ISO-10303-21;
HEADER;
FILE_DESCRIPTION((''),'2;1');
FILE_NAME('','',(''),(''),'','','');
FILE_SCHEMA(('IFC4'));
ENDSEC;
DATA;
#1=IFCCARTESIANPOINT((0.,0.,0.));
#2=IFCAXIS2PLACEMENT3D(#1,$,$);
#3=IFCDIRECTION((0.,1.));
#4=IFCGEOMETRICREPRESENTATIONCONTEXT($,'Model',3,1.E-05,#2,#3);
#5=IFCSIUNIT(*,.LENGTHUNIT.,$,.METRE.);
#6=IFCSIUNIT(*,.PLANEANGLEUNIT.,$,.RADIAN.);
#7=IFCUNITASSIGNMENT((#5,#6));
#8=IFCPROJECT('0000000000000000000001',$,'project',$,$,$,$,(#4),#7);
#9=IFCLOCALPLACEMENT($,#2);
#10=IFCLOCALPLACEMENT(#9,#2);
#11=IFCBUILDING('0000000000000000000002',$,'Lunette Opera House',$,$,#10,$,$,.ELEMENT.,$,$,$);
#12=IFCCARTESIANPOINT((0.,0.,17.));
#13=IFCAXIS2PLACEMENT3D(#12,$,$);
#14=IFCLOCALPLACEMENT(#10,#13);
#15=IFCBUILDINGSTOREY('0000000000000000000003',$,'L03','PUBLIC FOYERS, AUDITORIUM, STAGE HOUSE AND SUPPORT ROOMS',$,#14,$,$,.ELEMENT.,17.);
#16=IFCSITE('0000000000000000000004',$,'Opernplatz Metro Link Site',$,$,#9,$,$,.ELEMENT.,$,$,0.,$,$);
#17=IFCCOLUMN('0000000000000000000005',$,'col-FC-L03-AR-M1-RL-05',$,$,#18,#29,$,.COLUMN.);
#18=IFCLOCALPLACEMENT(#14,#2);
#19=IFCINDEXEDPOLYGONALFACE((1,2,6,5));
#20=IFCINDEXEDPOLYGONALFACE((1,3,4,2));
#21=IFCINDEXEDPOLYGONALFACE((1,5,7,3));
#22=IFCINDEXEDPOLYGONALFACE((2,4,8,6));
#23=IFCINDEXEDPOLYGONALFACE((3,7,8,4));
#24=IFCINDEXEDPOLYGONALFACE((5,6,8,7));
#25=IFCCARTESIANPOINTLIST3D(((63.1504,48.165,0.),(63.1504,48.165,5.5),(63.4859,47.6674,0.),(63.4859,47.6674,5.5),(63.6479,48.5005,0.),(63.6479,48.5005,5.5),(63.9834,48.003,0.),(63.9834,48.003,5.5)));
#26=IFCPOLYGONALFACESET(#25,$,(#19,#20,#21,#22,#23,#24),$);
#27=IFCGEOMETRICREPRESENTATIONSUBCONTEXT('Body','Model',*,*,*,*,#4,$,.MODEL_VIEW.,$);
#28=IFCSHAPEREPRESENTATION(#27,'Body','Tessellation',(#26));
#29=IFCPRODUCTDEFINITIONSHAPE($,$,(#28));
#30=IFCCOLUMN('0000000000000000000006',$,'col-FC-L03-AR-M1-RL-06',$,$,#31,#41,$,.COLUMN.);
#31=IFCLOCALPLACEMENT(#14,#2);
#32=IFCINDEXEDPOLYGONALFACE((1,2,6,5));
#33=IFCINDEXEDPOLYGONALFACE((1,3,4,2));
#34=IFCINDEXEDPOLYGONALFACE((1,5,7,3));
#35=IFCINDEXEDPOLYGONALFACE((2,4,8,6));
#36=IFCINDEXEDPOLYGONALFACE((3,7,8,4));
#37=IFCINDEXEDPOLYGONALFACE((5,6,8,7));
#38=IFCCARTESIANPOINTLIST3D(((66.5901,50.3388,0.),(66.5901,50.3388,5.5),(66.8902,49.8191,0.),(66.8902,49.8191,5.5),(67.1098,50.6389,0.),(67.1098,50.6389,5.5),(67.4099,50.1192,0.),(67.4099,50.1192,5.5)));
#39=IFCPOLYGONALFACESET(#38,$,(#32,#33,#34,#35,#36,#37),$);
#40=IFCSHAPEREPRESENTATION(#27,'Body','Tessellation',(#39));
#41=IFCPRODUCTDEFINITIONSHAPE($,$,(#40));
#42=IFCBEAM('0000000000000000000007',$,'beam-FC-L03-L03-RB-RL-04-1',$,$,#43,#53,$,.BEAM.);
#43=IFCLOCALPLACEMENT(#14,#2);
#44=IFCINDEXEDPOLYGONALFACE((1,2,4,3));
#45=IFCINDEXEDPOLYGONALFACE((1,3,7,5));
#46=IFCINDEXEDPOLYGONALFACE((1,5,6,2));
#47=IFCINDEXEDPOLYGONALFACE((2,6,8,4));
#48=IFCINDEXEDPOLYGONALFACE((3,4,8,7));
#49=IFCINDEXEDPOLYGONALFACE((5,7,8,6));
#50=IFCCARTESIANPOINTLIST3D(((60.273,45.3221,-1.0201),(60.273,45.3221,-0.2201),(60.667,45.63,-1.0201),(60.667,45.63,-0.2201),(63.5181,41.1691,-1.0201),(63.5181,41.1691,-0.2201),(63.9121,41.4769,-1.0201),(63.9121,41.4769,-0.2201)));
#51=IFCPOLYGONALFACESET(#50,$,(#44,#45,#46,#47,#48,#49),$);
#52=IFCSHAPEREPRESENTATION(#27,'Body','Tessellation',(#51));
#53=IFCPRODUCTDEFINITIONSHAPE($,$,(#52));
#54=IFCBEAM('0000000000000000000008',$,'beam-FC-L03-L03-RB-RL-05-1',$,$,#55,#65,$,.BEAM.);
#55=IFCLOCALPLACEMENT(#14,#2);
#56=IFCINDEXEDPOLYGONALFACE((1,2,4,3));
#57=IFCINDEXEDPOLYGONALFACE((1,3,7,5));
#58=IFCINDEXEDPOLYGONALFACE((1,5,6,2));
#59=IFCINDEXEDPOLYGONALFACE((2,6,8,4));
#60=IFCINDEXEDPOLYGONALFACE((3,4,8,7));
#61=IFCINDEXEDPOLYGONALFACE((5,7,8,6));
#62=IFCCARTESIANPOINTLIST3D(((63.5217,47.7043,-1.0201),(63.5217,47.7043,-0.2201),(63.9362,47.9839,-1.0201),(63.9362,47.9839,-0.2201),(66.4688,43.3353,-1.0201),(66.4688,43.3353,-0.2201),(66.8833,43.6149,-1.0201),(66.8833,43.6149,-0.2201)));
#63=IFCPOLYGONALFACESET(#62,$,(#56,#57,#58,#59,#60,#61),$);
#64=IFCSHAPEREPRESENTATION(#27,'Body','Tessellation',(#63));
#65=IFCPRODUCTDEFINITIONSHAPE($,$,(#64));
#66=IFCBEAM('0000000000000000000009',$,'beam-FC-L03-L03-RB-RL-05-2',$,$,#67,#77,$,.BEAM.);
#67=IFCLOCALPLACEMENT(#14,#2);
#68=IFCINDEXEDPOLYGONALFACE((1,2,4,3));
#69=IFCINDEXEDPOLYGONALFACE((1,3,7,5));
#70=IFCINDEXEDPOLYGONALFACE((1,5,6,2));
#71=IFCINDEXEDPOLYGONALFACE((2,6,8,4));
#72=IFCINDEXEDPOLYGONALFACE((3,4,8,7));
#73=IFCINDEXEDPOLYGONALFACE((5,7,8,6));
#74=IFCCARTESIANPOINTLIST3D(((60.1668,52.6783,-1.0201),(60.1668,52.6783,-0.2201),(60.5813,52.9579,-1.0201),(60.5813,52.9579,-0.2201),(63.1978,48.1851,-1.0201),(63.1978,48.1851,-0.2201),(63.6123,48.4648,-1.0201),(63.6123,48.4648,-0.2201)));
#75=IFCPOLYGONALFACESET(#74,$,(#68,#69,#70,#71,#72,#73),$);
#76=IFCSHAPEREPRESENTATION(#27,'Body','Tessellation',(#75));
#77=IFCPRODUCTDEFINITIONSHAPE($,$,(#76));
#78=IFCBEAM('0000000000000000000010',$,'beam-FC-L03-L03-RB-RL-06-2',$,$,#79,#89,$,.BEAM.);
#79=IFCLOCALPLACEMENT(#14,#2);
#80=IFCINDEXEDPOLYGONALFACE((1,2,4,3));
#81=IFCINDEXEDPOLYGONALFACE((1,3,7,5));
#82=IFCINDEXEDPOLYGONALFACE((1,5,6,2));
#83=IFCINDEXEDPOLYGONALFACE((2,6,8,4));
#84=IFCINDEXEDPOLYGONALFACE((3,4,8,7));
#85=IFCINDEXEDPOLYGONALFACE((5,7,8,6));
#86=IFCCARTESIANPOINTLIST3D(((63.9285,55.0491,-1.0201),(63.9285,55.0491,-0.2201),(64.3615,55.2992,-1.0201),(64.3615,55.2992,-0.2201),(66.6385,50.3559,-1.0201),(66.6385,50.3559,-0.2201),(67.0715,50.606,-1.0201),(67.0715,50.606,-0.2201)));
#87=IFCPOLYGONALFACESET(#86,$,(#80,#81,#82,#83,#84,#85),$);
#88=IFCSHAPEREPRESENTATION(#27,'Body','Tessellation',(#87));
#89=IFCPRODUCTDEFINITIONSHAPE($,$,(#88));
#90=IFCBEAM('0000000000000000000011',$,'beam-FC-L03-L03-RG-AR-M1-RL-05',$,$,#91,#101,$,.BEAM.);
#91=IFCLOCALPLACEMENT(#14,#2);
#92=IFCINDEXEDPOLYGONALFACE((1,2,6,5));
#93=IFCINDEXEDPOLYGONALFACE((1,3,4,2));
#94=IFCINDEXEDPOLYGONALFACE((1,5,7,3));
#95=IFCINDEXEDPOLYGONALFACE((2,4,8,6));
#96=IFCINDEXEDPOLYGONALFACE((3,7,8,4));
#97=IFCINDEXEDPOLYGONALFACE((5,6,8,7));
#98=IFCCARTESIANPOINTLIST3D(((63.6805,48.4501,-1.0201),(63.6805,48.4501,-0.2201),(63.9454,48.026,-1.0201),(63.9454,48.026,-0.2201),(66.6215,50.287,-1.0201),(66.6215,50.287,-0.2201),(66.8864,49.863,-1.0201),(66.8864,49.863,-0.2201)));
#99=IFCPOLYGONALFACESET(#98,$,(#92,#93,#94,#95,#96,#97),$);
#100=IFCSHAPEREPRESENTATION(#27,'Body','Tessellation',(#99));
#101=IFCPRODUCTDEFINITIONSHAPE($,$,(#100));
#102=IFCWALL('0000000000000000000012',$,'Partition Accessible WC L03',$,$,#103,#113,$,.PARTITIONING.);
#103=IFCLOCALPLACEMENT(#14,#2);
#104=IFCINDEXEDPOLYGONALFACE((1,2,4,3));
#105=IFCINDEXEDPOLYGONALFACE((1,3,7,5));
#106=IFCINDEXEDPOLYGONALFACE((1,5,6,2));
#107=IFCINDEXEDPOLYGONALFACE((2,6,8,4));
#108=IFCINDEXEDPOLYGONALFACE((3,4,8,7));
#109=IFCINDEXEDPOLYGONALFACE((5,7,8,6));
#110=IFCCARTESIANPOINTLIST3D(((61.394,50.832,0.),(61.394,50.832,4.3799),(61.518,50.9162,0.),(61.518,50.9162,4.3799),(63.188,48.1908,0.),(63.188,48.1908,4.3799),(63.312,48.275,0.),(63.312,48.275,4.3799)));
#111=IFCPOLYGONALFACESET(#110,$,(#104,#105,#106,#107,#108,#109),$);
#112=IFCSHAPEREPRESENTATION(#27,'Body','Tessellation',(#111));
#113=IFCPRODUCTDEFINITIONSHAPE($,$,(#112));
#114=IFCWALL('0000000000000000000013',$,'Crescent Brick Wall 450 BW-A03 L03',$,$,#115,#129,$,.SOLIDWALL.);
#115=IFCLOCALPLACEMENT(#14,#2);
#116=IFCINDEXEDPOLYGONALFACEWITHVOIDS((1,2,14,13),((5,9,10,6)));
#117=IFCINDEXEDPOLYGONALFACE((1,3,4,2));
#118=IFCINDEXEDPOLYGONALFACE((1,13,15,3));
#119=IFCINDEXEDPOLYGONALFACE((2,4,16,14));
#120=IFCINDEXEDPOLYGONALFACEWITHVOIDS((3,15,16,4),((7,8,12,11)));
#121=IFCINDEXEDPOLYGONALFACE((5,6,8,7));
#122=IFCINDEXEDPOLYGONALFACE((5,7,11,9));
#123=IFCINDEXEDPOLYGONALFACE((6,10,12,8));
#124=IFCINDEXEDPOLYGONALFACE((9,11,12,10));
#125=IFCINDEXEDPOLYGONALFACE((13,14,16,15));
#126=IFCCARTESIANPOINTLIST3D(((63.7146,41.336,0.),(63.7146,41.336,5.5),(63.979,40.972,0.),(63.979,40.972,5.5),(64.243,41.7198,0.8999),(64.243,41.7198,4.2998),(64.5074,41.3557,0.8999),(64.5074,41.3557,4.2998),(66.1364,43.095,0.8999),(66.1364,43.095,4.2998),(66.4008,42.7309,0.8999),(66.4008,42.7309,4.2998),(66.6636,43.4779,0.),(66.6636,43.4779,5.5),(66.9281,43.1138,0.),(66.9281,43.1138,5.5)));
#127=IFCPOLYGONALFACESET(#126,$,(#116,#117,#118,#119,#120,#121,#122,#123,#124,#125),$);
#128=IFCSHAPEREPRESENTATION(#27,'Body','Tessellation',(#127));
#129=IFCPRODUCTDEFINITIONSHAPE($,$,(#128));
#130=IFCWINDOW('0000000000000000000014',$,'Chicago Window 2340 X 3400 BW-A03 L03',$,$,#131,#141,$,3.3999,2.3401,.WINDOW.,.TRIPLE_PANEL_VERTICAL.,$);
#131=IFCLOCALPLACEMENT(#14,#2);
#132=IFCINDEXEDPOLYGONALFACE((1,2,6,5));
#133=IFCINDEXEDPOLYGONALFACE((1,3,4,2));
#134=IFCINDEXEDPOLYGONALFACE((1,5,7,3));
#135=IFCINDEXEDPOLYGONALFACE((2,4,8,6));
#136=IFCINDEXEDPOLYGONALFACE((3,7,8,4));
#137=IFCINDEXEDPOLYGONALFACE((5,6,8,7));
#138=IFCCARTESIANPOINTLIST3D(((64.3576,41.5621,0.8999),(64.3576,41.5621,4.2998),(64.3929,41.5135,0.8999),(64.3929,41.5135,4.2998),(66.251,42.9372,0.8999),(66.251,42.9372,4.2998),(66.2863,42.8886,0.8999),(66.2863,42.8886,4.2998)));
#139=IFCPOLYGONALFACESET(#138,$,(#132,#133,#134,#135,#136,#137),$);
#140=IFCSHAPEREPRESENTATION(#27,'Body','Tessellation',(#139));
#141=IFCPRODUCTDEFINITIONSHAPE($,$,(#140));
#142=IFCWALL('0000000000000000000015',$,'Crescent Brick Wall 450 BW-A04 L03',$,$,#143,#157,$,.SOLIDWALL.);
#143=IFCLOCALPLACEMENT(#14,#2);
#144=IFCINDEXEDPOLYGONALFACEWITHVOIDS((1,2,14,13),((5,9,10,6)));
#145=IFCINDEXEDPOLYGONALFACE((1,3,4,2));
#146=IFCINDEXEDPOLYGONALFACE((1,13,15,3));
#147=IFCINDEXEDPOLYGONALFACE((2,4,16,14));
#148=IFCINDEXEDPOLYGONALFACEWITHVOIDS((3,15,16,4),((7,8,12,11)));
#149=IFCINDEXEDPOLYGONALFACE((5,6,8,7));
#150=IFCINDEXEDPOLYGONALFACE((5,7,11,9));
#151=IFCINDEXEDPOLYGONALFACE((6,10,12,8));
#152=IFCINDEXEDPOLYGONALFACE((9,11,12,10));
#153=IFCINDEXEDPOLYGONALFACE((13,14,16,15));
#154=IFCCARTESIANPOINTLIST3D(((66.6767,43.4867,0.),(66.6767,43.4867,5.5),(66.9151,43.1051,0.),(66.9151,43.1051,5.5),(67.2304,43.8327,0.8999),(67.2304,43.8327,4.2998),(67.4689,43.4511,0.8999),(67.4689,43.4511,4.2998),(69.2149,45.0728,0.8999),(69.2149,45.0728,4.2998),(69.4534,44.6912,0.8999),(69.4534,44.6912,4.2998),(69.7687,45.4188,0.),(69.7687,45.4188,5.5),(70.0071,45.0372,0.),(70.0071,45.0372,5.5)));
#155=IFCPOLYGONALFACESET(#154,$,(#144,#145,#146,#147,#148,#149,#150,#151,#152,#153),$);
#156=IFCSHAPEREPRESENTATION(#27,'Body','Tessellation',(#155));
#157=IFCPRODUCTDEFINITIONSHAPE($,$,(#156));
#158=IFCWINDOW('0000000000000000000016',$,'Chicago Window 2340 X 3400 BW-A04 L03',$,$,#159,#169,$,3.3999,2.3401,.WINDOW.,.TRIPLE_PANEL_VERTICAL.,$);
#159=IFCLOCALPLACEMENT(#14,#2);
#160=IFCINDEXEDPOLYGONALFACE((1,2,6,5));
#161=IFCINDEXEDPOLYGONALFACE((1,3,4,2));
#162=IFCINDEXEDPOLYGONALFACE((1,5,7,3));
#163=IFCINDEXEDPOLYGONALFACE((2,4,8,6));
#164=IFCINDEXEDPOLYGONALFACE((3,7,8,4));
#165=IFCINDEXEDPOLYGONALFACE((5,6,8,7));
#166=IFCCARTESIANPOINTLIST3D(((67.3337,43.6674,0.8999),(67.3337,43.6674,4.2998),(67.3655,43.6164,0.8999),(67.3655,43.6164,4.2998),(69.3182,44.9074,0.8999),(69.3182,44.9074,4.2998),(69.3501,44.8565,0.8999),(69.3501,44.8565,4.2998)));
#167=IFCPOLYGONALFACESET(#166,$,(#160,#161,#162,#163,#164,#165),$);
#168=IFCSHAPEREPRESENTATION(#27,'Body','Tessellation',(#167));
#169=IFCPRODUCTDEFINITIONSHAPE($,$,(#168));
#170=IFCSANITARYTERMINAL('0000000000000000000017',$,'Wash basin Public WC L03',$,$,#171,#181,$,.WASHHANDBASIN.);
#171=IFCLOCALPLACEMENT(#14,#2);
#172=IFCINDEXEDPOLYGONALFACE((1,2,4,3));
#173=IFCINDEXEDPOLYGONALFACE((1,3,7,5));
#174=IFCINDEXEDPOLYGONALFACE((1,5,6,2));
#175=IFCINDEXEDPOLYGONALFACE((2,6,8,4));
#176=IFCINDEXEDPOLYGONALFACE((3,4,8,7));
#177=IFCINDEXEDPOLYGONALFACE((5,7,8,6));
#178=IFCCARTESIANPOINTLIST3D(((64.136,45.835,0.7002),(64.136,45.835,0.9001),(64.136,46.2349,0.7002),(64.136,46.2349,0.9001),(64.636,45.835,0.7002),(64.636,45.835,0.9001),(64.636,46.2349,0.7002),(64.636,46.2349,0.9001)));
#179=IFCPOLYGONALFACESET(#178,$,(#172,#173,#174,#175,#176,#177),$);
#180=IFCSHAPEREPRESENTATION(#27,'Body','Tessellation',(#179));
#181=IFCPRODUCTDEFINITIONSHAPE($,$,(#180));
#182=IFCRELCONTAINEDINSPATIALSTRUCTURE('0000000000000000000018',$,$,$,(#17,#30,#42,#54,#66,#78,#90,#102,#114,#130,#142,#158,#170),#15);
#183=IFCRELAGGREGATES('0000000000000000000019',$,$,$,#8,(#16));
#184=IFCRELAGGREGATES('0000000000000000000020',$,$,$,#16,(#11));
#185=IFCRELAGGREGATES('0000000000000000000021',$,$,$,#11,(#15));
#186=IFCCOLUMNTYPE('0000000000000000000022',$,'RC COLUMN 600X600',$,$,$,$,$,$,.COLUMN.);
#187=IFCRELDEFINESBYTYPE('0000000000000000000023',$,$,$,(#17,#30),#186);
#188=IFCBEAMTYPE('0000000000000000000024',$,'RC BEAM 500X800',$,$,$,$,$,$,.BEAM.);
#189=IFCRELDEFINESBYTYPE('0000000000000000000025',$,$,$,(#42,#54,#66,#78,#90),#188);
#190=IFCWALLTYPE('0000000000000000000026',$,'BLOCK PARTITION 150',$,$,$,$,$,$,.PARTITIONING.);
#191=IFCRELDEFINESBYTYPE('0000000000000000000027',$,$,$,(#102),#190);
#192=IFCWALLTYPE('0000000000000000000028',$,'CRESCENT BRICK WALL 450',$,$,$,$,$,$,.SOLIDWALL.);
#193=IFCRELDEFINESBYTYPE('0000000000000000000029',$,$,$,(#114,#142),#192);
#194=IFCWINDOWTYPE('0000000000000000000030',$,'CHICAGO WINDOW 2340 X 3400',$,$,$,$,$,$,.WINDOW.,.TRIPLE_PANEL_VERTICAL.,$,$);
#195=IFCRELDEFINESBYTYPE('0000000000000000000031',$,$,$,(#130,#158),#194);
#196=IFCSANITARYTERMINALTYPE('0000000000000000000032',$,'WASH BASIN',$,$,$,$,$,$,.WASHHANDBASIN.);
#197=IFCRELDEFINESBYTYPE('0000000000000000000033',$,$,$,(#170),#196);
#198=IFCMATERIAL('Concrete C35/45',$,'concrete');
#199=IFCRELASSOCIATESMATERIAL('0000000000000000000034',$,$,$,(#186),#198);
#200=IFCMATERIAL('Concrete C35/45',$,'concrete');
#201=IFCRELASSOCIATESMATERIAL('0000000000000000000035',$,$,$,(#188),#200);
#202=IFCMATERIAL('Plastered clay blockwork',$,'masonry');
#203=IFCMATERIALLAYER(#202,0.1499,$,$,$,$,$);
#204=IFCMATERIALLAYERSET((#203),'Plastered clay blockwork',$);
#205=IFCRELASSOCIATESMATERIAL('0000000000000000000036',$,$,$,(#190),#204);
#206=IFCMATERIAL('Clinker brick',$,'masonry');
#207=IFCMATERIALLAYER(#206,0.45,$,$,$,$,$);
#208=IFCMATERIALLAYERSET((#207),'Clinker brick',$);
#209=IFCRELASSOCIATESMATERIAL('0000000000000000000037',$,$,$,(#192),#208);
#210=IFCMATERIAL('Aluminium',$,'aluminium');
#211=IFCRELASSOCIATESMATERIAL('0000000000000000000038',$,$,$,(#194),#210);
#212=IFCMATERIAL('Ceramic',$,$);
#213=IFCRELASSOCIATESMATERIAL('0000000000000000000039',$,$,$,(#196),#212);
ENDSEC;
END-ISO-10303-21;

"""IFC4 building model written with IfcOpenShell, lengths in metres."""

from ifc_helpers import new_model, si_unit, direction, frame, frame_2d, origin, origin_2d, place, context, subcontext, project, spatial, rectangle, extrude, material, layer, layer_set, material_profile, profile_set, type_object, element, fill, save


model = new_model("IFC4")

# Units and contexts
model_context = context("Model", 3, precision=1e-05, world=origin(), true_north=direction((0.0, 1.0)))
body_context = subcontext(model_context, "Body", "Model", "MODEL_VIEW")
ifc_project = project(units=[si_unit("LENGTHUNIT", "METRE"), si_unit("PLANEANGLEUNIT", "RADIAN")], contexts=[model_context])

# Site, building, storey
site_placement = place(None, origin())
site = spatial("IfcSite", under=ifc_project, at=site_placement, Name="Opernplatz Metro Link Site", CompositionType="ELEMENT", RefElevation=0.0)
building_placement = place(site_placement, origin())
building = spatial("IfcBuilding", under=site, at=building_placement, Name="Lunette Opera House", CompositionType="ELEMENT")
storey_placement = place(building_placement, frame((0.0, 0.0, 17.0)))
storey = spatial("IfcBuildingStorey", under=building, at=storey_placement, Name="L03", Description="PUBLIC FOYERS, AUDITORIUM, STAGE HOUSE AND SUPPORT ROOMS", CompositionType="ELEMENT", Elevation=17.0)

# Columns
ifc_material_1 = material(Name="Concrete C35/45", Category="concrete")
ifc_material_profile_1 = material_profile(ifc_material_1, rectangle(XDim=0.6001, YDim=0.6001, at=origin_2d()), Name="RC COLUMN 600X600")
ifc_profile_set_1 = profile_set([ifc_material_profile_1], Name="Concrete C35/45")
column_type = type_object("IfcColumnType", Name="RC COLUMN 600X600", PredefinedType="COLUMN", material=ifc_profile_set_1)
for number, where, z_axis, x_axis, name in (
    (1, (63.5669, 48.084, 0.0), (0.0, 0.0, 1.0), (0.829038, 0.559193, 0.0), "col-FC-L03-AR-M1-RL-05"),
    (2, (67.0, 50.229, 0.0), (0.0, 0.0, 1.0), (0.866025, 0.5, 0.0), "col-FC-L03-AR-M1-RL-06"),
):
    element("IfcColumn", number, at=place(storey_placement, frame(where, z_axis=z_axis, x_axis=x_axis)), inside=storey, type_object=column_type, Name=name, PredefinedType="COLUMN", context=body_context, shape_type="SweptSolid", body=[
        extrude(rectangle(XDim=0.6001, YDim=0.6001, at=origin_2d()), origin(), (0.0, 0.0, 1.0), 5.5),
    ])

# Beams
ifc_material_2 = material(Name="Concrete C35/45", Category="concrete")
ifc_material_profile_2 = material_profile(ifc_material_2, rectangle(XDim=0.5, YDim=0.8, at=origin_2d()), Name="RC BEAM 500X800")
ifc_profile_set_2 = profile_set([ifc_material_profile_2], Name="Concrete C35/45")
beam_type = type_object("IfcBeamType", Name="RC BEAM 500X800", PredefinedType="BEAM", material=ifc_profile_set_2)
beam_1_placement = place(storey_placement, frame((63.7151, 41.323, -0.6201), z_axis=(-0.615706, 0.787976, 0.0), x_axis=(-0.787976, -0.615706, 0.0)))
element("IfcBeam", 3, at=beam_1_placement, inside=storey, type_object=beam_type, Name="beam-FC-L03-L03-RB-RL-04-1", PredefinedType="BEAM", context=body_context, shape_type="SweptSolid", body=[
    extrude(rectangle(XDim=0.5, YDim=0.8, at=origin_2d()), origin(), (0.0, 0.0, 1.0), 5.2705),
])
beam_2_placement = place(storey_placement, frame((66.676, 43.4751, -0.6201), z_axis=(-0.559214, 0.829023, 0.0), x_axis=(-0.829023, -0.559214, 0.0)))
element("IfcBeam", 4, at=beam_2_placement, inside=storey, type_object=beam_type, Name="beam-FC-L03-L03-RB-RL-05-1", PredefinedType="BEAM", context=body_context, shape_type="SweptSolid", body=[
    extrude(rectangle(XDim=0.5, YDim=0.8, at=origin_2d()), origin(), (0.0, 0.0, 1.0), 5.27),
])
beam_3_placement = place(storey_placement, frame((63.405, 48.325, -0.6201), z_axis=(-0.559235, 0.829009, 0.0), x_axis=(-0.829009, -0.559235, 0.0)))
element("IfcBeam", 5, at=beam_3_placement, inside=storey, type_object=beam_type, Name="beam-FC-L03-L03-RB-RL-05-2", PredefinedType="BEAM", context=body_context, shape_type="SweptSolid", body=[
    extrude(rectangle(XDim=0.5, YDim=0.8, at=origin_2d()), origin(), (0.0, 0.0, 1.0), 5.4199),
])
beam_4_placement = place(storey_placement, frame((66.855, 50.481, -0.6201), z_axis=(-0.500054, 0.865994, 0.0), x_axis=(-0.865994, -0.500054, 0.0)))
element("IfcBeam", 6, at=beam_4_placement, inside=storey, type_object=beam_type, Name="beam-FC-L03-L03-RB-RL-06-2", PredefinedType="BEAM", context=body_context, shape_type="SweptSolid", body=[
    extrude(rectangle(XDim=0.5, YDim=0.8, at=origin_2d()), origin(), (0.0, 0.0, 1.0), 5.4194),
])
beam_5_placement = place(storey_placement, frame((63.813, 48.238, -0.6201), z_axis=(0.848149, 0.529758, 0.0), x_axis=(-0.529758, 0.848149, 0.0)))
element("IfcBeam", 7, at=beam_5_placement, inside=storey, type_object=beam_type, Name="beam-FC-L03-L03-RG-AR-M1-RL-05", PredefinedType="BEAM", context=body_context, shape_type="SweptSolid", body=[
    extrude(rectangle(XDim=0.5, YDim=0.8, at=origin_2d()), origin(), (0.0, 0.0, 1.0), 3.4675),
])

# Wall
ifc_material_3 = material(Name="Plastered clay blockwork", Category="masonry")
ifc_layer_1 = layer(ifc_material_3, 0.1499)
ifc_layer_set_1 = layer_set([ifc_layer_1], Name="Plastered clay blockwork")
wall_type_1 = type_object("IfcWallType", Name="BLOCK PARTITION 150", PredefinedType="PARTITIONING", material=ifc_layer_set_1)
wall_1_placement = place(storey_placement, frame((63.25, 48.2329, 0.0), z_axis=(0.0, 0.0, 1.0), x_axis=(-0.561879, 0.827219, 0.0)))
element("IfcWall", 8, at=wall_1_placement, inside=storey, type_object=wall_type_1, Name="Partition Accessible WC L03", PredefinedType="PARTITIONING", context=body_context, shape_type="SweptSolid", body=[
    extrude(rectangle(XDim=3.1929, YDim=0.1499, at=frame_2d((1.5964, 0.0))), origin(), (0.0, 0.0, 1.0), 4.3799),
])

# Walls, openings, windows
ifc_material_4 = material(Name="Clinker brick", Category="masonry")
ifc_layer_2 = layer(ifc_material_4, 0.45)
ifc_layer_set_2 = layer_set([ifc_layer_2], Name="Clinker brick")
wall_type_2 = type_object("IfcWallType", Name="CRESCENT BRICK WALL 450", PredefinedType="SOLIDWALL", material=ifc_layer_set_2)
wall_2_placement = place(storey_placement, frame((63.8469, 41.1541, 0.0), z_axis=(0.0, 0.0, 1.0), x_axis=(0.80911, 0.587658, 0.0)))
wall_2 = element("IfcWall", 9, at=wall_2_placement, inside=storey, type_object=wall_type_2, Name="Crescent Brick Wall 450 BW-A03 L03", PredefinedType="SOLIDWALL", context=body_context, shape_type="SweptSolid", body=[
    extrude(rectangle(XDim=3.6448, YDim=0.45, at=frame_2d((1.8223, 0.0))), origin(), (0.0, 0.0, 1.0), 5.5),
])
opening_1_placement = place(wall_2_placement, frame((0.6531, 0.0, 0.8999)))
opening_1 = element("IfcOpeningElement", 10, at=opening_1_placement, cuts=wall_2, PredefinedType="OPENING", context=body_context, shape_type="SweptSolid", body=[
    extrude(rectangle(XDim=2.3401, YDim=3.3999, at=frame_2d((1.1699, 1.7))), frame((0.0, 0.2371, 0.0), z_axis=(0.0, -1.0, 0.0), x_axis=(1.0, 0.0, 0.0)), (0.0, 0.0, 1.0), 0.4739),
])
ifc_material_5 = material(Name="Aluminium", Category="aluminium")
window_type = type_object("IfcWindowType", Name="CHICAGO WINDOW 2340 X 3400", PartitioningType="TRIPLE_PANEL_VERTICAL", PredefinedType="WINDOW", material=ifc_material_5)
window_1_placement = place(opening_1_placement, origin())
window_1 = element("IfcWindow", 11, at=window_1_placement, inside=storey, type_object=window_type, Name="Chicago Window 2340 X 3400 BW-A03 L03", OverallHeight=3.3999, OverallWidth=2.3401, PartitioningType="TRIPLE_PANEL_VERTICAL", PredefinedType="WINDOW", context=body_context, shape_type="SweptSolid", body=[
    extrude(rectangle(XDim=2.3401, YDim=3.3999, at=frame_2d((1.1699, 1.7))), frame((0.0, 0.03, 0.0), z_axis=(0.0, -1.0, 0.0), x_axis=(1.0, 0.0, 0.0)), (0.0, 0.0, 1.0), 0.0601),
])
fill(opening_1, window_1)
wall_3_placement = place(storey_placement, frame((66.7959, 43.2959, 0.0), z_axis=(0.0, 0.0, 1.0), x_axis=(0.848047, 0.529921, 0.0)))
wall_3 = element("IfcWall", 12, at=wall_3_placement, inside=storey, type_object=wall_type_2, Name="Crescent Brick Wall 450 BW-A04 L03", PredefinedType="SOLIDWALL", context=body_context, shape_type="SweptSolid", body=[
    extrude(rectangle(XDim=3.646, YDim=0.45, at=frame_2d((1.823, 0.0))), origin(), (0.0, 0.0, 1.0), 5.5),
])
opening_2_placement = place(wall_3_placement, frame((0.6531, 0.0, 0.8999)))
opening_2 = element("IfcOpeningElement", 13, at=opening_2_placement, cuts=wall_3, PredefinedType="OPENING", context=body_context, shape_type="SweptSolid", body=[
    extrude(rectangle(XDim=2.3401, YDim=3.3999, at=frame_2d((1.1699, 1.7))), frame((0.0, 0.2371, 0.0), z_axis=(0.0, -1.0, 0.0), x_axis=(1.0, 0.0, 0.0)), (0.0, 0.0, 1.0), 0.4739),
])
window_2_placement = place(opening_2_placement, origin())
window_2 = element("IfcWindow", 14, at=window_2_placement, inside=storey, type_object=window_type, Name="Chicago Window 2340 X 3400 BW-A04 L03", OverallHeight=3.3999, OverallWidth=2.3401, PartitioningType="TRIPLE_PANEL_VERTICAL", PredefinedType="WINDOW", context=body_context, shape_type="SweptSolid", body=[
    extrude(rectangle(XDim=2.3401, YDim=3.3999, at=frame_2d((1.1699, 1.7))), frame((0.0, 0.03, 0.0), z_axis=(0.0, -1.0, 0.0), x_axis=(1.0, 0.0, 0.0)), (0.0, 0.0, 1.0), 0.0601),
])
fill(opening_2, window_2)

# Sanitary terminal
ifc_material_6 = material(Name="Ceramic")
sanitary_terminal_type_1 = type_object("IfcSanitaryTerminalType", Name="WASH BASIN", PredefinedType="WASHHANDBASIN", material=ifc_material_6)
for number, where, z_axis, x_axis, name in (
    (15, (64.386, 46.0349, 0.7002), (0.0, 0.0, 1.0), (1.0, 0.0, 0.0), "Wash basin Public WC L03"),
):
    element("IfcSanitaryTerminal", number, at=place(storey_placement, frame(where, z_axis=z_axis, x_axis=x_axis)), inside=storey, type_object=sanitary_terminal_type_1, Name=name, PredefinedType="WASHHANDBASIN", context=body_context, shape_type="SweptSolid", body=[
        extrude(rectangle(XDim=0.5, YDim=0.3999, at=origin_2d()), origin(), (0.0, 0.0, 1.0), 0.2),
    ])

save(model, "model.ifc")
